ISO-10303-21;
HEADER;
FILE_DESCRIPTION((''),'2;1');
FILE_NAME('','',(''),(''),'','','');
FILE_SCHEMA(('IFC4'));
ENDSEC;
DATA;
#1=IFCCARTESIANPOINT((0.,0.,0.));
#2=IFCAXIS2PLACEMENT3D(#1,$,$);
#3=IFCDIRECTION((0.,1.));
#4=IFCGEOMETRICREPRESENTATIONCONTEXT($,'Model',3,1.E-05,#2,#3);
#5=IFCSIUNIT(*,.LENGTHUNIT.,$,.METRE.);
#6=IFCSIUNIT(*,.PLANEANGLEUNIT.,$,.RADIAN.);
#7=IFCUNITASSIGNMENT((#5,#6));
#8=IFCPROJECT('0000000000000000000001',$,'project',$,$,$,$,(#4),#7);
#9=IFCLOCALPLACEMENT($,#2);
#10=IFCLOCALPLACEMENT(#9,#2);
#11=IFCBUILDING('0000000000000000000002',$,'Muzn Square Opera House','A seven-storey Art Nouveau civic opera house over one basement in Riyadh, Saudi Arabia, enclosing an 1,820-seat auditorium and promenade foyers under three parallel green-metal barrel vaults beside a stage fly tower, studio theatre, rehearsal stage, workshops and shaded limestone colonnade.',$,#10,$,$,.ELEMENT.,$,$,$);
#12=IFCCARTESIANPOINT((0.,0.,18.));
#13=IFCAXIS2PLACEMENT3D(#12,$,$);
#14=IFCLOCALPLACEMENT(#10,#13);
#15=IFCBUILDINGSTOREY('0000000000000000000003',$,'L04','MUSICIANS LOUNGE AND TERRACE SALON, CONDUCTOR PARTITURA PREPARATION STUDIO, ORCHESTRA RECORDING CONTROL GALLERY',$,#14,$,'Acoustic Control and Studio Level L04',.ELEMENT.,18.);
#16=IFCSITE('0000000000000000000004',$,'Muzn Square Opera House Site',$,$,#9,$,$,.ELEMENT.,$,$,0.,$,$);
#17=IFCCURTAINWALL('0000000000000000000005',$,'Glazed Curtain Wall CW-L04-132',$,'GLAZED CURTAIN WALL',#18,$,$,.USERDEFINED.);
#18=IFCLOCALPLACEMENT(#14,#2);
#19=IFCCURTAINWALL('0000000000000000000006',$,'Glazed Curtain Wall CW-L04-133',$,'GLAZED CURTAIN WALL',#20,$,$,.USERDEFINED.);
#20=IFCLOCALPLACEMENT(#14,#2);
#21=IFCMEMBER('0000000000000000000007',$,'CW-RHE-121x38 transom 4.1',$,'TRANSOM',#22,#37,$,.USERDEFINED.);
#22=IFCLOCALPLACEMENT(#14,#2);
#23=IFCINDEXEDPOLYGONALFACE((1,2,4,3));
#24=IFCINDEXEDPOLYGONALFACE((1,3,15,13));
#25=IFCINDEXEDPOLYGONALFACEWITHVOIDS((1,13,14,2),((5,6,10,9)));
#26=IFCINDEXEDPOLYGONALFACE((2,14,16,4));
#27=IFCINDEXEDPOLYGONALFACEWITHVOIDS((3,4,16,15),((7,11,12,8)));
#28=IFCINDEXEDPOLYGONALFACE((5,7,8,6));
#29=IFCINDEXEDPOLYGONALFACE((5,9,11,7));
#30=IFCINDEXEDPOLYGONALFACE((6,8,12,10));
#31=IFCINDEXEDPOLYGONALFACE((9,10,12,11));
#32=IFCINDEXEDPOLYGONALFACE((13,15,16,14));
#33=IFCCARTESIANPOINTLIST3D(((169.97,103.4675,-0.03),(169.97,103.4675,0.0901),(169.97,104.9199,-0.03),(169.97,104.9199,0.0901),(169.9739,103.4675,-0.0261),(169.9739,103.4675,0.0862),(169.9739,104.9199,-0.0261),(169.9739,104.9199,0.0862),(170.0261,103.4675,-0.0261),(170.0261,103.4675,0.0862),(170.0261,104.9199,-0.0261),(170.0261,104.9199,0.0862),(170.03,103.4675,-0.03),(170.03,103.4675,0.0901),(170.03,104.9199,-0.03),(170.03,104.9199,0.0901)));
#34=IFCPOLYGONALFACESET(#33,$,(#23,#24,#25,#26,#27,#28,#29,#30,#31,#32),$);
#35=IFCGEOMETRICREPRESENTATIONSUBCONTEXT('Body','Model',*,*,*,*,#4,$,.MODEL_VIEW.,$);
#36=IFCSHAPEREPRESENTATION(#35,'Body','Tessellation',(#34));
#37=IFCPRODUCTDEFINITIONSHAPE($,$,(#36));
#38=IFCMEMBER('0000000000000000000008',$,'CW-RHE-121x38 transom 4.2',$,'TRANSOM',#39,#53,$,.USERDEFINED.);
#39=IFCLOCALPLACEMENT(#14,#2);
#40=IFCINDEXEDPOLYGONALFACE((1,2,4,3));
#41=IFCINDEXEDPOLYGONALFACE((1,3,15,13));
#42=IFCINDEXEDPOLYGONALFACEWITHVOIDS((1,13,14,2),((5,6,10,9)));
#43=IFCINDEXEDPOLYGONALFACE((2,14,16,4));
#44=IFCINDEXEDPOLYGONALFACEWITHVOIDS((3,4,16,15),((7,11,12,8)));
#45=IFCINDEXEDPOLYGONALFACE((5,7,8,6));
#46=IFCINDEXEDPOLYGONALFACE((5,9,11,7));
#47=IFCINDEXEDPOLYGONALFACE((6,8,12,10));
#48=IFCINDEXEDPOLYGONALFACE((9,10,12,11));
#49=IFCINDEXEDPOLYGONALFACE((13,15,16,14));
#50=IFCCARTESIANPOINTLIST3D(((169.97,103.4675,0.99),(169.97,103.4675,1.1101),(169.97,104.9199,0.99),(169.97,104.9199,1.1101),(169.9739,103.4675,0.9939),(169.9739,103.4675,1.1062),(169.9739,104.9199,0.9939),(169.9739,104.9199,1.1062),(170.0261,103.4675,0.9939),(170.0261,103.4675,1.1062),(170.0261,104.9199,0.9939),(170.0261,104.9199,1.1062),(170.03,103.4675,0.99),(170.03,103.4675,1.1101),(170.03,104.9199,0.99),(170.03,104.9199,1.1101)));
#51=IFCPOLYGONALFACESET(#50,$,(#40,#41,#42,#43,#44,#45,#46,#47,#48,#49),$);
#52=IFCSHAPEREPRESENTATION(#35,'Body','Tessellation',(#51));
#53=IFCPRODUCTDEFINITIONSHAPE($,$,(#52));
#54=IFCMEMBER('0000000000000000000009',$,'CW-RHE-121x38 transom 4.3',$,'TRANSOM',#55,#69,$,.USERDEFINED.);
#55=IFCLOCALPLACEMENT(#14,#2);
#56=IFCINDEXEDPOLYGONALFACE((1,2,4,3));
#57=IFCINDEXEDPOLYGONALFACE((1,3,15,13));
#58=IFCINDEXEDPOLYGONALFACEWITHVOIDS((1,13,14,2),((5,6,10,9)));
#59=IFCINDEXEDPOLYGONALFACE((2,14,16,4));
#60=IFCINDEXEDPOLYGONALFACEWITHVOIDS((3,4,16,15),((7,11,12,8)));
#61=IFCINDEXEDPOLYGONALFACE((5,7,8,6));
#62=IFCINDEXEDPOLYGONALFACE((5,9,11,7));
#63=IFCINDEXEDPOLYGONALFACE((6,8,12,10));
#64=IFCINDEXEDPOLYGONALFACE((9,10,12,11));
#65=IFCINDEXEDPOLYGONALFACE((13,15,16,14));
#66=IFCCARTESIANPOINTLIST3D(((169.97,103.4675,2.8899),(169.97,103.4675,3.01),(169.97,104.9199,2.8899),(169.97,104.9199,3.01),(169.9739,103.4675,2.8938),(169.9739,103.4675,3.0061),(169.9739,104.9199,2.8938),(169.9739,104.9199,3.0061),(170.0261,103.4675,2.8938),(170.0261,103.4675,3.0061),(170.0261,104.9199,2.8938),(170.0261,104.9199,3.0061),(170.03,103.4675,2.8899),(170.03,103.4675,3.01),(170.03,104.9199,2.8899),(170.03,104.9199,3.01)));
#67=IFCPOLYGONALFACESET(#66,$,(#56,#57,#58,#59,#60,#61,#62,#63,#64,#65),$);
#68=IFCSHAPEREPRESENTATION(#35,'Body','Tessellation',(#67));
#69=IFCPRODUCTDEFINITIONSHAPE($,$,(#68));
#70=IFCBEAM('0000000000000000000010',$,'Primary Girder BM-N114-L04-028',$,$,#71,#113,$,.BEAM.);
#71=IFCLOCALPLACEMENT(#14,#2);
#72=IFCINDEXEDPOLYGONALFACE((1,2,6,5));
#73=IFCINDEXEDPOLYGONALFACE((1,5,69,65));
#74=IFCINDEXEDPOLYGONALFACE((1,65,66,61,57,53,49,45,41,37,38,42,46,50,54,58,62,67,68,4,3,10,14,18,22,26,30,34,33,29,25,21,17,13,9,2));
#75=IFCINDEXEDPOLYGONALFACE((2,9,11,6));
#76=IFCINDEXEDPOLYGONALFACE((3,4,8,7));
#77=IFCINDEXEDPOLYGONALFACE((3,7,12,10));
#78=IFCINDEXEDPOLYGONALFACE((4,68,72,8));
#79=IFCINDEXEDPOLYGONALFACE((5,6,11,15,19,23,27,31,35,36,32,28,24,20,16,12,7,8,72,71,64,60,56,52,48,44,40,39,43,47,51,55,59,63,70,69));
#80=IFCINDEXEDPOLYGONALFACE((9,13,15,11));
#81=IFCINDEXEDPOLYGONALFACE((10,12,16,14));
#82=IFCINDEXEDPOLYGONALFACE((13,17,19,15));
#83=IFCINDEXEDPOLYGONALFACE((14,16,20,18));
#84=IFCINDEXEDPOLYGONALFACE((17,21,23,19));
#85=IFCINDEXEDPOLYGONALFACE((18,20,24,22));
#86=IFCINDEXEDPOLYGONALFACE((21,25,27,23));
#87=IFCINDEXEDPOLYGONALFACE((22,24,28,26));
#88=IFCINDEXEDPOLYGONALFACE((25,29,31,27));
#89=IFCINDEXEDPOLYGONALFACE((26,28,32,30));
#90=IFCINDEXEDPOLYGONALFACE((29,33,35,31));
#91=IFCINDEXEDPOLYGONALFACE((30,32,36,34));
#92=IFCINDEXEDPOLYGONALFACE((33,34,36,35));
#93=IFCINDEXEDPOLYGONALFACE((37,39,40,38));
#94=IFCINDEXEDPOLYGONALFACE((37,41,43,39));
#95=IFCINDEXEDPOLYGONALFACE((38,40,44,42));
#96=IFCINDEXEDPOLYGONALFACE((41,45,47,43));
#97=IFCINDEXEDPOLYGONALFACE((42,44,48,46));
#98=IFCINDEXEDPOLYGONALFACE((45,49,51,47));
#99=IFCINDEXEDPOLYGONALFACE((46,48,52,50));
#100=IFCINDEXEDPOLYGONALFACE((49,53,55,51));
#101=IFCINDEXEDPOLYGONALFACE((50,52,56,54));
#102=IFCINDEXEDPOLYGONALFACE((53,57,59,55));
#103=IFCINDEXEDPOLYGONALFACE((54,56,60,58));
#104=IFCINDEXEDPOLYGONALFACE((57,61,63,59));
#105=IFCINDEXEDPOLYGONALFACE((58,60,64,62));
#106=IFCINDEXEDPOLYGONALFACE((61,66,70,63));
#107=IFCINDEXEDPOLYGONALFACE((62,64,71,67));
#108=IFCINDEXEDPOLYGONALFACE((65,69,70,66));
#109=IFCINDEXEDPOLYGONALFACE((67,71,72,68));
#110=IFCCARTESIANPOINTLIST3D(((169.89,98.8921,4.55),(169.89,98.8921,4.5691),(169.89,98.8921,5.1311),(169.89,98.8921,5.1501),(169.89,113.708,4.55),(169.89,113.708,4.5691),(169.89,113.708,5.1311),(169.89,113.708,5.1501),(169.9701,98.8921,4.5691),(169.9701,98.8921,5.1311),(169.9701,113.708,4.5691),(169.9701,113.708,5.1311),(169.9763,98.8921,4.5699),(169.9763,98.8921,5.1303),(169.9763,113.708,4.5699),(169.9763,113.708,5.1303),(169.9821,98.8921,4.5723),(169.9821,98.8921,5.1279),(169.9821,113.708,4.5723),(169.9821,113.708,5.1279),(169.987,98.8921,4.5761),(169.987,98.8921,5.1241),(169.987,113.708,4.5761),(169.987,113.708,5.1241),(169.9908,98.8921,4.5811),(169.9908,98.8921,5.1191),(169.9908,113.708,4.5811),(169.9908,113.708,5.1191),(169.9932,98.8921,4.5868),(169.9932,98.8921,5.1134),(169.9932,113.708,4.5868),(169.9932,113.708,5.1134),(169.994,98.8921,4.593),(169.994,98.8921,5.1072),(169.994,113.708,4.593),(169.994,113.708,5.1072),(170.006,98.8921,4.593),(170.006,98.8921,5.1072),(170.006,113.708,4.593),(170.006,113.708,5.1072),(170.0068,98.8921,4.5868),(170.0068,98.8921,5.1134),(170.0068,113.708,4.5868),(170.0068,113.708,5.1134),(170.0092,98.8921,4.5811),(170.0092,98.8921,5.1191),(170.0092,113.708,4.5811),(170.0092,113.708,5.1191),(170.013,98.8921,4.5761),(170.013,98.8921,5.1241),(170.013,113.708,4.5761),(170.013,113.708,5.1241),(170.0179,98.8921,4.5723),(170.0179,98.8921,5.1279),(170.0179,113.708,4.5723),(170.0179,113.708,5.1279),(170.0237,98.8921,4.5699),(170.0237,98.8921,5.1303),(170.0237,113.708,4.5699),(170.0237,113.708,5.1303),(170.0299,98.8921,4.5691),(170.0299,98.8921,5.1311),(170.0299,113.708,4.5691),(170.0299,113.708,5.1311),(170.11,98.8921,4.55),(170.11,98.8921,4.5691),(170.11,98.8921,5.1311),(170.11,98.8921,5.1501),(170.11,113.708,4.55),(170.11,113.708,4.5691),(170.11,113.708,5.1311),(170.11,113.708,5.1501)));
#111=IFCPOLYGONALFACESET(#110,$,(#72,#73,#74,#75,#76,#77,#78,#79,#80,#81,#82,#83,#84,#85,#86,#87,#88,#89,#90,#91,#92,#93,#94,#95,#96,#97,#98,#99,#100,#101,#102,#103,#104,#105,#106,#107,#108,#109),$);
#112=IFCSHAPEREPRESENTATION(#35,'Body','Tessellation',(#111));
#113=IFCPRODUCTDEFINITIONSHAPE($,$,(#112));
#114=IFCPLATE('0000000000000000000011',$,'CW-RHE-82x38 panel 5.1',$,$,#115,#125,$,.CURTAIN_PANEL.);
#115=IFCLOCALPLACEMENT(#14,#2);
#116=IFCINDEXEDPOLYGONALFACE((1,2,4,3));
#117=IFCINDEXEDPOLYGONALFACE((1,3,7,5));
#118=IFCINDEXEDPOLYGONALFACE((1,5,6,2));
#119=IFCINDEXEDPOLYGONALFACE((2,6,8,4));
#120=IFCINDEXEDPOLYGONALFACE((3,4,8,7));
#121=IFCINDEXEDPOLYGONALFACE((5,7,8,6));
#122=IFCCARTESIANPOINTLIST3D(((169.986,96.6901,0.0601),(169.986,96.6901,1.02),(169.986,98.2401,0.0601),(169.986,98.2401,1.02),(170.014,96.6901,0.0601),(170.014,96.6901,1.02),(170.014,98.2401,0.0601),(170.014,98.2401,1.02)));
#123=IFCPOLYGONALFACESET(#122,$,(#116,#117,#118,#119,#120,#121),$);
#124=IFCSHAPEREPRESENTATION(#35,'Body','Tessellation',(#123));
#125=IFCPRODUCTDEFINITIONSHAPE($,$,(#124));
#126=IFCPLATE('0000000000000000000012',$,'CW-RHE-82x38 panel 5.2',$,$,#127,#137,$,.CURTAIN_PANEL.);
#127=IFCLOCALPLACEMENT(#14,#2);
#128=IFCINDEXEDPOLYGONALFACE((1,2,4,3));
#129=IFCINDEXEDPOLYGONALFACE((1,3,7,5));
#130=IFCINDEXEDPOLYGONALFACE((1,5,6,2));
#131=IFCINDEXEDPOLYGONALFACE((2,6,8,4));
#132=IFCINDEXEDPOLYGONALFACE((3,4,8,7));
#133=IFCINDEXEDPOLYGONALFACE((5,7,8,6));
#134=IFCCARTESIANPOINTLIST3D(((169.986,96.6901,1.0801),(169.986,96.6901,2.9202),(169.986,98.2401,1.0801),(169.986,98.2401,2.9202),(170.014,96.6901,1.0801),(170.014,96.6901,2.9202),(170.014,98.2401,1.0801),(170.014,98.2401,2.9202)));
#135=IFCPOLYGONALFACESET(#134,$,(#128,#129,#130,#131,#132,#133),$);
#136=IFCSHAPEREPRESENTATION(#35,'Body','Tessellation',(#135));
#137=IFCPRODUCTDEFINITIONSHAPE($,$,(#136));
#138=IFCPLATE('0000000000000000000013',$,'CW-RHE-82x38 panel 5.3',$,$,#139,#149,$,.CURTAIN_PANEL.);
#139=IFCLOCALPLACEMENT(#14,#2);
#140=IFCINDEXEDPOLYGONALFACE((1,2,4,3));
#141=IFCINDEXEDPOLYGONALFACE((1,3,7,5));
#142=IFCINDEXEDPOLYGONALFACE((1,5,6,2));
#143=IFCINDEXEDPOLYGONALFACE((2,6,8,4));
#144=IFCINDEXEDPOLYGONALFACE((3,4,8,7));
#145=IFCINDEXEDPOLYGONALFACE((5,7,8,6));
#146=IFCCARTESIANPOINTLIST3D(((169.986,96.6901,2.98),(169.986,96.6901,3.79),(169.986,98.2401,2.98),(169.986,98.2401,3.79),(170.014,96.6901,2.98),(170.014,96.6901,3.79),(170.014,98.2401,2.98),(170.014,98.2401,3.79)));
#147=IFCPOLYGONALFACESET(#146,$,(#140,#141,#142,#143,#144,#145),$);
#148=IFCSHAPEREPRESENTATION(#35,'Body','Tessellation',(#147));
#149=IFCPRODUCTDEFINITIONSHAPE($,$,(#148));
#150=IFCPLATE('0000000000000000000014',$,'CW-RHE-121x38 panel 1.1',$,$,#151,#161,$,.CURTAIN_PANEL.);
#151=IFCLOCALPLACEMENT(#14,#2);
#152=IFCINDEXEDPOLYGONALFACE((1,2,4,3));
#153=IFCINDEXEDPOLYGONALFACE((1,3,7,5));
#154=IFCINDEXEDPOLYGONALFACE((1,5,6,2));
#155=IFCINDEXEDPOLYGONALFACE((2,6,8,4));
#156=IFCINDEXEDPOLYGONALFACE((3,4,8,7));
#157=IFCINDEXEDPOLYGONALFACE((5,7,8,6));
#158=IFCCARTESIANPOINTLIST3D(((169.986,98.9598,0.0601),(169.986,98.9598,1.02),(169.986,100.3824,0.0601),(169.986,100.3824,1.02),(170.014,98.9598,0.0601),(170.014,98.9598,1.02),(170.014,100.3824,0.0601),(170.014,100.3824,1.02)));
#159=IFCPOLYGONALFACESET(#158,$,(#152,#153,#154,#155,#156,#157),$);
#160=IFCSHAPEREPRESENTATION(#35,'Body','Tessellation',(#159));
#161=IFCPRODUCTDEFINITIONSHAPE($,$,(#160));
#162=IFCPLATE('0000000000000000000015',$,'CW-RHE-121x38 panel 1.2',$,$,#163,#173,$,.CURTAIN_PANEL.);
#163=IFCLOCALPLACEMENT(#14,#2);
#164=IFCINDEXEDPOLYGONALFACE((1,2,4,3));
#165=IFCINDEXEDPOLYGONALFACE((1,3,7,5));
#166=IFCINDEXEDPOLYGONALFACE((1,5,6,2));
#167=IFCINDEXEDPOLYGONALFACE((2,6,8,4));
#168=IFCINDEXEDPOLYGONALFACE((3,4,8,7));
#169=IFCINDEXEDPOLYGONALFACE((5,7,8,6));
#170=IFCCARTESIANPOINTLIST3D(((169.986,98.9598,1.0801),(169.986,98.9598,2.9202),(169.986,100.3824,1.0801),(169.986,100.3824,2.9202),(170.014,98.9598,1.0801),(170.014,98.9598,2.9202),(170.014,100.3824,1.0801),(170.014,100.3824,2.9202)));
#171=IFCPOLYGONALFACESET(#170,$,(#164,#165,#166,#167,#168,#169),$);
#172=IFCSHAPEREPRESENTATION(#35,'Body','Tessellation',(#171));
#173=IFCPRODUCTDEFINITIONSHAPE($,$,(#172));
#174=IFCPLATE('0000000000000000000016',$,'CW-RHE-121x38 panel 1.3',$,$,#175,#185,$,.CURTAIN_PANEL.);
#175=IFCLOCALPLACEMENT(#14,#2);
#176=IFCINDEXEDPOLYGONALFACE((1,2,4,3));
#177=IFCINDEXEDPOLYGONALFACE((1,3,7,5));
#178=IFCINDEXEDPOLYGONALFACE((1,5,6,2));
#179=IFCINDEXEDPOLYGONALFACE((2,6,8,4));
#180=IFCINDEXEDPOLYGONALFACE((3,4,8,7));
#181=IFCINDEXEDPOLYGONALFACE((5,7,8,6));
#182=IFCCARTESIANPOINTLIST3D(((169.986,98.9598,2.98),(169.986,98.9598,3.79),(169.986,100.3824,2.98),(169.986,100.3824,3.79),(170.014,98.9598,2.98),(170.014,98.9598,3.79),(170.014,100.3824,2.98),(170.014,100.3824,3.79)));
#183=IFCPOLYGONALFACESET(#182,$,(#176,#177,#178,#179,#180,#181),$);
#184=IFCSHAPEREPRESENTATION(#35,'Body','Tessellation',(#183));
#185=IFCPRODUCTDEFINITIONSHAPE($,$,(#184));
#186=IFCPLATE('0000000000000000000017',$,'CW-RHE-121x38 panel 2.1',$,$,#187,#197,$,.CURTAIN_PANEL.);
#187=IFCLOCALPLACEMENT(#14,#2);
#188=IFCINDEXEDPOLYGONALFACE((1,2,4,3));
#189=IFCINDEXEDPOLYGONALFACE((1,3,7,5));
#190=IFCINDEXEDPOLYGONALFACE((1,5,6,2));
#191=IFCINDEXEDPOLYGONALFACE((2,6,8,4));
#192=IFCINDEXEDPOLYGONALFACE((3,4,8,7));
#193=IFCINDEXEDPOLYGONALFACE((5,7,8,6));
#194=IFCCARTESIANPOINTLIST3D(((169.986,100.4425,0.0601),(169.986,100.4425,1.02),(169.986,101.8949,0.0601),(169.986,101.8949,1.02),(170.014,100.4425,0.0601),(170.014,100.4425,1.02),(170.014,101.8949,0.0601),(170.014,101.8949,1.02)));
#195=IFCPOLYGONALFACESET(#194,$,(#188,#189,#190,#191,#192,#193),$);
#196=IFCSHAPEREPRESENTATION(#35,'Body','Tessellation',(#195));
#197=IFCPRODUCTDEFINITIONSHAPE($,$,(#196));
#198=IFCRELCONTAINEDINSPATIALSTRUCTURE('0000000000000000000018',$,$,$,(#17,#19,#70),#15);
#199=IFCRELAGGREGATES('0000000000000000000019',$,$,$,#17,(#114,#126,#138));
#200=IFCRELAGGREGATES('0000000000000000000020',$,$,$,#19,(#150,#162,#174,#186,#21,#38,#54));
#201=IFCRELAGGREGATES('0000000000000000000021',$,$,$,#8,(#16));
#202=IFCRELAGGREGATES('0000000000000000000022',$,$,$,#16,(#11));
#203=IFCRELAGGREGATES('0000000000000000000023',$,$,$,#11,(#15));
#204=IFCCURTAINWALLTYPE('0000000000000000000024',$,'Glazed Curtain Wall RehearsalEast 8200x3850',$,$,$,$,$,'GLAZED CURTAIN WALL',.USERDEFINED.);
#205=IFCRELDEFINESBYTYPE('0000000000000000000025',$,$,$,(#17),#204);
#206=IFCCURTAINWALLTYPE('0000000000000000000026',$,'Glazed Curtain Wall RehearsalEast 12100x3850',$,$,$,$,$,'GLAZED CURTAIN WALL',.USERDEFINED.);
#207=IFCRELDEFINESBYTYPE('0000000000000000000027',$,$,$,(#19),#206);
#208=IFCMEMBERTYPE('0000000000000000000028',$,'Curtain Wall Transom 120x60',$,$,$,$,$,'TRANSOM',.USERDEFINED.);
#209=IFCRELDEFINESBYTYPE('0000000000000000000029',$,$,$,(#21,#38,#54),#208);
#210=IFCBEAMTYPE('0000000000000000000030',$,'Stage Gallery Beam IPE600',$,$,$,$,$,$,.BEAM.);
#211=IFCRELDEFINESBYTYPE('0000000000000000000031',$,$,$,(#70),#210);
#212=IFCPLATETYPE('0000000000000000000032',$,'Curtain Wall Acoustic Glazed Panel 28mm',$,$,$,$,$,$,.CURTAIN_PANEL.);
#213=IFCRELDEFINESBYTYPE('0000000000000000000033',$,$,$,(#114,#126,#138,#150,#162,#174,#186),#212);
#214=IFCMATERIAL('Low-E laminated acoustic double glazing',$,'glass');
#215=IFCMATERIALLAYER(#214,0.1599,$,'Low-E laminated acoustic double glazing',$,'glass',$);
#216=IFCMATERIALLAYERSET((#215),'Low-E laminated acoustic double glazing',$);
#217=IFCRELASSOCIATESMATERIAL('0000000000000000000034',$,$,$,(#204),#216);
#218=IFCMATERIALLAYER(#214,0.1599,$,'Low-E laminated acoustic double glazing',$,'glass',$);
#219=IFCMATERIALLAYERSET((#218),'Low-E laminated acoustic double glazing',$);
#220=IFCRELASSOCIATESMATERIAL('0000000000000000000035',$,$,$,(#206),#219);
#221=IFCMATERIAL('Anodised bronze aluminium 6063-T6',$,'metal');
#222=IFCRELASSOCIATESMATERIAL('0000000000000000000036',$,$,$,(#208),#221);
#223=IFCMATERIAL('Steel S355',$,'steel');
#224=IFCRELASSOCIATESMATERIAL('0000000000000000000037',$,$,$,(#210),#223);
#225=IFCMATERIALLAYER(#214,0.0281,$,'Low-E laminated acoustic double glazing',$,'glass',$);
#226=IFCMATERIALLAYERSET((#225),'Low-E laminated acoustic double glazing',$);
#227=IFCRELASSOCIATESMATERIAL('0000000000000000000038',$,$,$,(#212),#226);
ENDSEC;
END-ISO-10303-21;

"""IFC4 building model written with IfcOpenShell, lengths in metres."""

from ifc_helpers import new_model, si_unit, direction, frame, origin, origin_2d, place, context, subcontext, project, spatial, rectangle, hollow_rectangle, i_section, extrude, material, layer, layer_set, material_profile, profile_set, type_object, element, aggregate, save


model = new_model("IFC4")

# Units and contexts
model_context = context("Model", 3, precision=1e-05, world=origin(), true_north=direction((0.0, 1.0)))
body_context = subcontext(model_context, "Body", "Model", "MODEL_VIEW")
ifc_project = project(units=[si_unit("LENGTHUNIT", "METRE"), si_unit("PLANEANGLEUNIT", "RADIAN")], contexts=[model_context])

# Site, building, storey
site_placement = place(None, origin())
site = spatial("IfcSite", under=ifc_project, at=site_placement, Name="Muzn Square Opera House Site", CompositionType="ELEMENT", RefElevation=0.0)
building_placement = place(site_placement, origin())
building = spatial("IfcBuilding", under=site, at=building_placement, Name="Muzn Square Opera House", Description="A seven-storey Art Nouveau civic opera house over one basement in Riyadh, Saudi Arabia, enclosing an 1,820-seat auditorium and promenade foyers under three parallel green-metal barrel vaults beside a stage fly tower, studio theatre, rehearsal stage, workshops and shaded limestone colonnade.", CompositionType="ELEMENT")
storey_placement = place(building_placement, frame((0.0, 0.0, 18.0)))
storey = spatial("IfcBuildingStorey", under=building, at=storey_placement, Name="L04", Description="MUSICIANS LOUNGE AND TERRACE SALON, CONDUCTOR PARTITURA PREPARATION STUDIO, ORCHESTRA RECORDING CONTROL GALLERY", LongName="Acoustic Control and Studio Level L04", CompositionType="ELEMENT", Elevation=18.0)

# Curtain wall
ifc_material_1 = material(Name="Low-E laminated acoustic double glazing", Category="glass")
ifc_layer_1 = layer(ifc_material_1, 0.1599, Name="Low-E laminated acoustic double glazing", Category="glass")
ifc_layer_set_1 = layer_set([ifc_layer_1], Name="Low-E laminated acoustic double glazing")
curtain_wall_type_1 = type_object("IfcCurtainWallType", Name="Glazed Curtain Wall RehearsalEast 8200x3850", ElementType="GLAZED CURTAIN WALL", PredefinedType="USERDEFINED", material=ifc_layer_set_1)
curtain_wall_1_placement = place(storey_placement, origin())
curtain_wall_1 = element("IfcCurtainWall", 1, at=curtain_wall_1_placement, inside=storey, type_object=curtain_wall_type_1, Name="Glazed Curtain Wall CW-L04-132", ObjectType="GLAZED CURTAIN WALL", PredefinedType="USERDEFINED")
ifc_material_2 = material(Name="Anodised bronze aluminium 6063-T6", Category="metal")

# Curtain wall
ifc_layer_2 = layer(ifc_material_1, 0.1599, Name="Low-E laminated acoustic double glazing", Category="glass")
ifc_layer_set_2 = layer_set([ifc_layer_2], Name="Low-E laminated acoustic double glazing")
curtain_wall_type_2 = type_object("IfcCurtainWallType", Name="Glazed Curtain Wall RehearsalEast 12100x3850", ElementType="GLAZED CURTAIN WALL", PredefinedType="USERDEFINED", material=ifc_layer_set_2)
curtain_wall_2_placement = place(storey_placement, origin())
curtain_wall_2 = element("IfcCurtainWall", 2, at=curtain_wall_2_placement, inside=storey, type_object=curtain_wall_type_2, Name="Glazed Curtain Wall CW-L04-133", ObjectType="GLAZED CURTAIN WALL", PredefinedType="USERDEFINED")

# Members
ifc_material_profile_1 = material_profile(ifc_material_2, hollow_rectangle(XDim=0.0601, YDim=0.1201, WallThickness=0.0039, at=origin_2d()), Name="ALU 120x60x4", Category="metal")
ifc_profile_set_1 = profile_set([ifc_material_profile_1], Name="Anodised bronze aluminium 6063-T6")
member_type_1 = type_object("IfcMemberType", Name="Curtain Wall Transom 120x60", ElementType="TRANSOM", PredefinedType="USERDEFINED", material=ifc_profile_set_1)
member_1_placement = place(storey_placement, frame((170.0, 103.4675, 0.03), z_axis=(0.0, 1.0, 0.0), x_axis=(-1.0, 0.0, 0.0)))
member_1 = element("IfcMember", 3, at=member_1_placement, type_object=member_type_1, Name="CW-RHE-121x38 transom 4.1", ObjectType="TRANSOM", PredefinedType="USERDEFINED", context=body_context, shape_type="SweptSolid", body=[
    extrude(hollow_rectangle(XDim=0.0601, YDim=0.1201, WallThickness=0.0039, at=origin_2d()), origin(), (0.0, 0.0, 1.0), 1.4524),
])
member_2_placement = place(storey_placement, frame((170.0, 103.4675, 1.05), z_axis=(0.0, 1.0, 0.0), x_axis=(-1.0, 0.0, 0.0)))
member_2 = element("IfcMember", 4, at=member_2_placement, type_object=member_type_1, Name="CW-RHE-121x38 transom 4.2", ObjectType="TRANSOM", PredefinedType="USERDEFINED", context=body_context, shape_type="SweptSolid", body=[
    extrude(hollow_rectangle(XDim=0.0601, YDim=0.1201, WallThickness=0.0039, at=origin_2d()), origin(), (0.0, 0.0, 1.0), 1.4524),
])
member_3_placement = place(storey_placement, frame((170.0, 103.4675, 2.95), z_axis=(0.0, 1.0, 0.0), x_axis=(-1.0, 0.0, 0.0)))
member_3 = element("IfcMember", 5, at=member_3_placement, type_object=member_type_1, Name="CW-RHE-121x38 transom 4.3", ObjectType="TRANSOM", PredefinedType="USERDEFINED", context=body_context, shape_type="SweptSolid", body=[
    extrude(hollow_rectangle(XDim=0.0601, YDim=0.1201, WallThickness=0.0039, at=origin_2d()), origin(), (0.0, 0.0, 1.0), 1.4524),
])

# Beam
ifc_material_3 = material(Name="Steel S355", Category="steel")
ifc_material_profile_2 = material_profile(ifc_material_3, i_section(OverallWidth=0.22, OverallDepth=0.6001, WebThickness=0.012, FlangeThickness=0.019, FilletRadius=0.0239, at=origin_2d()), Name="IPE 600", Category="steel")
ifc_profile_set_2 = profile_set([ifc_material_profile_2], Name="Steel S355")
beam_type = type_object("IfcBeamType", Name="Stage Gallery Beam IPE600", PredefinedType="BEAM", material=ifc_profile_set_2)
beam_placement = place(storey_placement, frame((170.0, 98.8921, 4.8501), z_axis=(0.0, 1.0, 0.0), x_axis=(-1.0, 0.0, 0.0)))
element("IfcBeam", 6, at=beam_placement, inside=storey, type_object=beam_type, Name="Primary Girder BM-N114-L04-028", PredefinedType="BEAM", context=body_context, shape_type="SweptSolid", body=[
    extrude(i_section(OverallWidth=0.22, OverallDepth=0.6001, WebThickness=0.012, FlangeThickness=0.019, FilletRadius=0.0239, at=origin_2d()), origin(), (0.0, 0.0, 1.0), 14.8159),
])

# Plates
ifc_layer_3 = layer(ifc_material_1, 0.0281, Name="Low-E laminated acoustic double glazing", Category="glass")
ifc_layer_set_3 = layer_set([ifc_layer_3], Name="Low-E laminated acoustic double glazing")
plate_type = type_object("IfcPlateType", Name="Curtain Wall Acoustic Glazed Panel 28mm", PredefinedType="CURTAIN_PANEL", material=ifc_layer_set_3)
plate_1_placement = place(storey_placement, frame((170.0, 97.4651, 0.0601), z_axis=(0.0, 0.0, 1.0), x_axis=(0.0, 1.0, 0.0)))
plate_1 = element("IfcPlate", 7, at=plate_1_placement, type_object=plate_type, Name="CW-RHE-82x38 panel 5.1", PredefinedType="CURTAIN_PANEL", context=body_context, shape_type="SweptSolid", body=[
    extrude(rectangle(XDim=1.55, YDim=0.0281, at=origin_2d()), origin(), (0.0, 0.0, 1.0), 0.96),
])
plate_2_placement = place(storey_placement, frame((170.0, 97.4651, 1.0801), z_axis=(0.0, 0.0, 1.0), x_axis=(0.0, 1.0, 0.0)))
plate_2 = element("IfcPlate", 8, at=plate_2_placement, type_object=plate_type, Name="CW-RHE-82x38 panel 5.2", PredefinedType="CURTAIN_PANEL", context=body_context, shape_type="SweptSolid", body=[
    extrude(rectangle(XDim=1.55, YDim=0.0281, at=origin_2d()), origin(), (0.0, 0.0, 1.0), 1.8401),
])
plate_3_placement = place(storey_placement, frame((170.0, 97.4651, 2.98), z_axis=(0.0, 0.0, 1.0), x_axis=(0.0, 1.0, 0.0)))
plate_3 = element("IfcPlate", 9, at=plate_3_placement, type_object=plate_type, Name="CW-RHE-82x38 panel 5.3", PredefinedType="CURTAIN_PANEL", context=body_context, shape_type="SweptSolid", body=[
    extrude(rectangle(XDim=1.55, YDim=0.0281, at=origin_2d()), origin(), (0.0, 0.0, 1.0), 0.8101),
])
aggregate(curtain_wall_1, [plate_1, plate_2, plate_3])
plate_4_placement = place(storey_placement, frame((170.0, 99.6711, 0.0601), z_axis=(0.0, 0.0, 1.0), x_axis=(0.0, 1.0, 0.0)))
plate_4 = element("IfcPlate", 10, at=plate_4_placement, type_object=plate_type, Name="CW-RHE-121x38 panel 1.1", PredefinedType="CURTAIN_PANEL", context=body_context, shape_type="SweptSolid", body=[
    extrude(rectangle(XDim=1.4226, YDim=0.0281, at=origin_2d()), origin(), (0.0, 0.0, 1.0), 0.96),
])
plate_5_placement = place(storey_placement, frame((170.0, 99.6711, 1.0801), z_axis=(0.0, 0.0, 1.0), x_axis=(0.0, 1.0, 0.0)))
plate_5 = element("IfcPlate", 11, at=plate_5_placement, type_object=plate_type, Name="CW-RHE-121x38 panel 1.2", PredefinedType="CURTAIN_PANEL", context=body_context, shape_type="SweptSolid", body=[
    extrude(rectangle(XDim=1.4226, YDim=0.0281, at=origin_2d()), origin(), (0.0, 0.0, 1.0), 1.8401),
])
plate_6_placement = place(storey_placement, frame((170.0, 99.6711, 2.98), z_axis=(0.0, 0.0, 1.0), x_axis=(0.0, 1.0, 0.0)))
plate_6 = element("IfcPlate", 12, at=plate_6_placement, type_object=plate_type, Name="CW-RHE-121x38 panel 1.3", PredefinedType="CURTAIN_PANEL", context=body_context, shape_type="SweptSolid", body=[
    extrude(rectangle(XDim=1.4226, YDim=0.0281, at=origin_2d()), origin(), (0.0, 0.0, 1.0), 0.8101),
])
plate_7_placement = place(storey_placement, frame((170.0, 101.1687, 0.0601), z_axis=(0.0, 0.0, 1.0), x_axis=(0.0, 1.0, 0.0)))
plate_7 = element("IfcPlate", 13, at=plate_7_placement, type_object=plate_type, Name="CW-RHE-121x38 panel 2.1", PredefinedType="CURTAIN_PANEL", context=body_context, shape_type="SweptSolid", body=[
    extrude(rectangle(XDim=1.4524, YDim=0.0281, at=origin_2d()), origin(), (0.0, 0.0, 1.0), 0.96),
])
aggregate(curtain_wall_2, [plate_4, plate_5, plate_6, plate_7, member_1, member_2, member_3])

save(model, "model.ifc")
